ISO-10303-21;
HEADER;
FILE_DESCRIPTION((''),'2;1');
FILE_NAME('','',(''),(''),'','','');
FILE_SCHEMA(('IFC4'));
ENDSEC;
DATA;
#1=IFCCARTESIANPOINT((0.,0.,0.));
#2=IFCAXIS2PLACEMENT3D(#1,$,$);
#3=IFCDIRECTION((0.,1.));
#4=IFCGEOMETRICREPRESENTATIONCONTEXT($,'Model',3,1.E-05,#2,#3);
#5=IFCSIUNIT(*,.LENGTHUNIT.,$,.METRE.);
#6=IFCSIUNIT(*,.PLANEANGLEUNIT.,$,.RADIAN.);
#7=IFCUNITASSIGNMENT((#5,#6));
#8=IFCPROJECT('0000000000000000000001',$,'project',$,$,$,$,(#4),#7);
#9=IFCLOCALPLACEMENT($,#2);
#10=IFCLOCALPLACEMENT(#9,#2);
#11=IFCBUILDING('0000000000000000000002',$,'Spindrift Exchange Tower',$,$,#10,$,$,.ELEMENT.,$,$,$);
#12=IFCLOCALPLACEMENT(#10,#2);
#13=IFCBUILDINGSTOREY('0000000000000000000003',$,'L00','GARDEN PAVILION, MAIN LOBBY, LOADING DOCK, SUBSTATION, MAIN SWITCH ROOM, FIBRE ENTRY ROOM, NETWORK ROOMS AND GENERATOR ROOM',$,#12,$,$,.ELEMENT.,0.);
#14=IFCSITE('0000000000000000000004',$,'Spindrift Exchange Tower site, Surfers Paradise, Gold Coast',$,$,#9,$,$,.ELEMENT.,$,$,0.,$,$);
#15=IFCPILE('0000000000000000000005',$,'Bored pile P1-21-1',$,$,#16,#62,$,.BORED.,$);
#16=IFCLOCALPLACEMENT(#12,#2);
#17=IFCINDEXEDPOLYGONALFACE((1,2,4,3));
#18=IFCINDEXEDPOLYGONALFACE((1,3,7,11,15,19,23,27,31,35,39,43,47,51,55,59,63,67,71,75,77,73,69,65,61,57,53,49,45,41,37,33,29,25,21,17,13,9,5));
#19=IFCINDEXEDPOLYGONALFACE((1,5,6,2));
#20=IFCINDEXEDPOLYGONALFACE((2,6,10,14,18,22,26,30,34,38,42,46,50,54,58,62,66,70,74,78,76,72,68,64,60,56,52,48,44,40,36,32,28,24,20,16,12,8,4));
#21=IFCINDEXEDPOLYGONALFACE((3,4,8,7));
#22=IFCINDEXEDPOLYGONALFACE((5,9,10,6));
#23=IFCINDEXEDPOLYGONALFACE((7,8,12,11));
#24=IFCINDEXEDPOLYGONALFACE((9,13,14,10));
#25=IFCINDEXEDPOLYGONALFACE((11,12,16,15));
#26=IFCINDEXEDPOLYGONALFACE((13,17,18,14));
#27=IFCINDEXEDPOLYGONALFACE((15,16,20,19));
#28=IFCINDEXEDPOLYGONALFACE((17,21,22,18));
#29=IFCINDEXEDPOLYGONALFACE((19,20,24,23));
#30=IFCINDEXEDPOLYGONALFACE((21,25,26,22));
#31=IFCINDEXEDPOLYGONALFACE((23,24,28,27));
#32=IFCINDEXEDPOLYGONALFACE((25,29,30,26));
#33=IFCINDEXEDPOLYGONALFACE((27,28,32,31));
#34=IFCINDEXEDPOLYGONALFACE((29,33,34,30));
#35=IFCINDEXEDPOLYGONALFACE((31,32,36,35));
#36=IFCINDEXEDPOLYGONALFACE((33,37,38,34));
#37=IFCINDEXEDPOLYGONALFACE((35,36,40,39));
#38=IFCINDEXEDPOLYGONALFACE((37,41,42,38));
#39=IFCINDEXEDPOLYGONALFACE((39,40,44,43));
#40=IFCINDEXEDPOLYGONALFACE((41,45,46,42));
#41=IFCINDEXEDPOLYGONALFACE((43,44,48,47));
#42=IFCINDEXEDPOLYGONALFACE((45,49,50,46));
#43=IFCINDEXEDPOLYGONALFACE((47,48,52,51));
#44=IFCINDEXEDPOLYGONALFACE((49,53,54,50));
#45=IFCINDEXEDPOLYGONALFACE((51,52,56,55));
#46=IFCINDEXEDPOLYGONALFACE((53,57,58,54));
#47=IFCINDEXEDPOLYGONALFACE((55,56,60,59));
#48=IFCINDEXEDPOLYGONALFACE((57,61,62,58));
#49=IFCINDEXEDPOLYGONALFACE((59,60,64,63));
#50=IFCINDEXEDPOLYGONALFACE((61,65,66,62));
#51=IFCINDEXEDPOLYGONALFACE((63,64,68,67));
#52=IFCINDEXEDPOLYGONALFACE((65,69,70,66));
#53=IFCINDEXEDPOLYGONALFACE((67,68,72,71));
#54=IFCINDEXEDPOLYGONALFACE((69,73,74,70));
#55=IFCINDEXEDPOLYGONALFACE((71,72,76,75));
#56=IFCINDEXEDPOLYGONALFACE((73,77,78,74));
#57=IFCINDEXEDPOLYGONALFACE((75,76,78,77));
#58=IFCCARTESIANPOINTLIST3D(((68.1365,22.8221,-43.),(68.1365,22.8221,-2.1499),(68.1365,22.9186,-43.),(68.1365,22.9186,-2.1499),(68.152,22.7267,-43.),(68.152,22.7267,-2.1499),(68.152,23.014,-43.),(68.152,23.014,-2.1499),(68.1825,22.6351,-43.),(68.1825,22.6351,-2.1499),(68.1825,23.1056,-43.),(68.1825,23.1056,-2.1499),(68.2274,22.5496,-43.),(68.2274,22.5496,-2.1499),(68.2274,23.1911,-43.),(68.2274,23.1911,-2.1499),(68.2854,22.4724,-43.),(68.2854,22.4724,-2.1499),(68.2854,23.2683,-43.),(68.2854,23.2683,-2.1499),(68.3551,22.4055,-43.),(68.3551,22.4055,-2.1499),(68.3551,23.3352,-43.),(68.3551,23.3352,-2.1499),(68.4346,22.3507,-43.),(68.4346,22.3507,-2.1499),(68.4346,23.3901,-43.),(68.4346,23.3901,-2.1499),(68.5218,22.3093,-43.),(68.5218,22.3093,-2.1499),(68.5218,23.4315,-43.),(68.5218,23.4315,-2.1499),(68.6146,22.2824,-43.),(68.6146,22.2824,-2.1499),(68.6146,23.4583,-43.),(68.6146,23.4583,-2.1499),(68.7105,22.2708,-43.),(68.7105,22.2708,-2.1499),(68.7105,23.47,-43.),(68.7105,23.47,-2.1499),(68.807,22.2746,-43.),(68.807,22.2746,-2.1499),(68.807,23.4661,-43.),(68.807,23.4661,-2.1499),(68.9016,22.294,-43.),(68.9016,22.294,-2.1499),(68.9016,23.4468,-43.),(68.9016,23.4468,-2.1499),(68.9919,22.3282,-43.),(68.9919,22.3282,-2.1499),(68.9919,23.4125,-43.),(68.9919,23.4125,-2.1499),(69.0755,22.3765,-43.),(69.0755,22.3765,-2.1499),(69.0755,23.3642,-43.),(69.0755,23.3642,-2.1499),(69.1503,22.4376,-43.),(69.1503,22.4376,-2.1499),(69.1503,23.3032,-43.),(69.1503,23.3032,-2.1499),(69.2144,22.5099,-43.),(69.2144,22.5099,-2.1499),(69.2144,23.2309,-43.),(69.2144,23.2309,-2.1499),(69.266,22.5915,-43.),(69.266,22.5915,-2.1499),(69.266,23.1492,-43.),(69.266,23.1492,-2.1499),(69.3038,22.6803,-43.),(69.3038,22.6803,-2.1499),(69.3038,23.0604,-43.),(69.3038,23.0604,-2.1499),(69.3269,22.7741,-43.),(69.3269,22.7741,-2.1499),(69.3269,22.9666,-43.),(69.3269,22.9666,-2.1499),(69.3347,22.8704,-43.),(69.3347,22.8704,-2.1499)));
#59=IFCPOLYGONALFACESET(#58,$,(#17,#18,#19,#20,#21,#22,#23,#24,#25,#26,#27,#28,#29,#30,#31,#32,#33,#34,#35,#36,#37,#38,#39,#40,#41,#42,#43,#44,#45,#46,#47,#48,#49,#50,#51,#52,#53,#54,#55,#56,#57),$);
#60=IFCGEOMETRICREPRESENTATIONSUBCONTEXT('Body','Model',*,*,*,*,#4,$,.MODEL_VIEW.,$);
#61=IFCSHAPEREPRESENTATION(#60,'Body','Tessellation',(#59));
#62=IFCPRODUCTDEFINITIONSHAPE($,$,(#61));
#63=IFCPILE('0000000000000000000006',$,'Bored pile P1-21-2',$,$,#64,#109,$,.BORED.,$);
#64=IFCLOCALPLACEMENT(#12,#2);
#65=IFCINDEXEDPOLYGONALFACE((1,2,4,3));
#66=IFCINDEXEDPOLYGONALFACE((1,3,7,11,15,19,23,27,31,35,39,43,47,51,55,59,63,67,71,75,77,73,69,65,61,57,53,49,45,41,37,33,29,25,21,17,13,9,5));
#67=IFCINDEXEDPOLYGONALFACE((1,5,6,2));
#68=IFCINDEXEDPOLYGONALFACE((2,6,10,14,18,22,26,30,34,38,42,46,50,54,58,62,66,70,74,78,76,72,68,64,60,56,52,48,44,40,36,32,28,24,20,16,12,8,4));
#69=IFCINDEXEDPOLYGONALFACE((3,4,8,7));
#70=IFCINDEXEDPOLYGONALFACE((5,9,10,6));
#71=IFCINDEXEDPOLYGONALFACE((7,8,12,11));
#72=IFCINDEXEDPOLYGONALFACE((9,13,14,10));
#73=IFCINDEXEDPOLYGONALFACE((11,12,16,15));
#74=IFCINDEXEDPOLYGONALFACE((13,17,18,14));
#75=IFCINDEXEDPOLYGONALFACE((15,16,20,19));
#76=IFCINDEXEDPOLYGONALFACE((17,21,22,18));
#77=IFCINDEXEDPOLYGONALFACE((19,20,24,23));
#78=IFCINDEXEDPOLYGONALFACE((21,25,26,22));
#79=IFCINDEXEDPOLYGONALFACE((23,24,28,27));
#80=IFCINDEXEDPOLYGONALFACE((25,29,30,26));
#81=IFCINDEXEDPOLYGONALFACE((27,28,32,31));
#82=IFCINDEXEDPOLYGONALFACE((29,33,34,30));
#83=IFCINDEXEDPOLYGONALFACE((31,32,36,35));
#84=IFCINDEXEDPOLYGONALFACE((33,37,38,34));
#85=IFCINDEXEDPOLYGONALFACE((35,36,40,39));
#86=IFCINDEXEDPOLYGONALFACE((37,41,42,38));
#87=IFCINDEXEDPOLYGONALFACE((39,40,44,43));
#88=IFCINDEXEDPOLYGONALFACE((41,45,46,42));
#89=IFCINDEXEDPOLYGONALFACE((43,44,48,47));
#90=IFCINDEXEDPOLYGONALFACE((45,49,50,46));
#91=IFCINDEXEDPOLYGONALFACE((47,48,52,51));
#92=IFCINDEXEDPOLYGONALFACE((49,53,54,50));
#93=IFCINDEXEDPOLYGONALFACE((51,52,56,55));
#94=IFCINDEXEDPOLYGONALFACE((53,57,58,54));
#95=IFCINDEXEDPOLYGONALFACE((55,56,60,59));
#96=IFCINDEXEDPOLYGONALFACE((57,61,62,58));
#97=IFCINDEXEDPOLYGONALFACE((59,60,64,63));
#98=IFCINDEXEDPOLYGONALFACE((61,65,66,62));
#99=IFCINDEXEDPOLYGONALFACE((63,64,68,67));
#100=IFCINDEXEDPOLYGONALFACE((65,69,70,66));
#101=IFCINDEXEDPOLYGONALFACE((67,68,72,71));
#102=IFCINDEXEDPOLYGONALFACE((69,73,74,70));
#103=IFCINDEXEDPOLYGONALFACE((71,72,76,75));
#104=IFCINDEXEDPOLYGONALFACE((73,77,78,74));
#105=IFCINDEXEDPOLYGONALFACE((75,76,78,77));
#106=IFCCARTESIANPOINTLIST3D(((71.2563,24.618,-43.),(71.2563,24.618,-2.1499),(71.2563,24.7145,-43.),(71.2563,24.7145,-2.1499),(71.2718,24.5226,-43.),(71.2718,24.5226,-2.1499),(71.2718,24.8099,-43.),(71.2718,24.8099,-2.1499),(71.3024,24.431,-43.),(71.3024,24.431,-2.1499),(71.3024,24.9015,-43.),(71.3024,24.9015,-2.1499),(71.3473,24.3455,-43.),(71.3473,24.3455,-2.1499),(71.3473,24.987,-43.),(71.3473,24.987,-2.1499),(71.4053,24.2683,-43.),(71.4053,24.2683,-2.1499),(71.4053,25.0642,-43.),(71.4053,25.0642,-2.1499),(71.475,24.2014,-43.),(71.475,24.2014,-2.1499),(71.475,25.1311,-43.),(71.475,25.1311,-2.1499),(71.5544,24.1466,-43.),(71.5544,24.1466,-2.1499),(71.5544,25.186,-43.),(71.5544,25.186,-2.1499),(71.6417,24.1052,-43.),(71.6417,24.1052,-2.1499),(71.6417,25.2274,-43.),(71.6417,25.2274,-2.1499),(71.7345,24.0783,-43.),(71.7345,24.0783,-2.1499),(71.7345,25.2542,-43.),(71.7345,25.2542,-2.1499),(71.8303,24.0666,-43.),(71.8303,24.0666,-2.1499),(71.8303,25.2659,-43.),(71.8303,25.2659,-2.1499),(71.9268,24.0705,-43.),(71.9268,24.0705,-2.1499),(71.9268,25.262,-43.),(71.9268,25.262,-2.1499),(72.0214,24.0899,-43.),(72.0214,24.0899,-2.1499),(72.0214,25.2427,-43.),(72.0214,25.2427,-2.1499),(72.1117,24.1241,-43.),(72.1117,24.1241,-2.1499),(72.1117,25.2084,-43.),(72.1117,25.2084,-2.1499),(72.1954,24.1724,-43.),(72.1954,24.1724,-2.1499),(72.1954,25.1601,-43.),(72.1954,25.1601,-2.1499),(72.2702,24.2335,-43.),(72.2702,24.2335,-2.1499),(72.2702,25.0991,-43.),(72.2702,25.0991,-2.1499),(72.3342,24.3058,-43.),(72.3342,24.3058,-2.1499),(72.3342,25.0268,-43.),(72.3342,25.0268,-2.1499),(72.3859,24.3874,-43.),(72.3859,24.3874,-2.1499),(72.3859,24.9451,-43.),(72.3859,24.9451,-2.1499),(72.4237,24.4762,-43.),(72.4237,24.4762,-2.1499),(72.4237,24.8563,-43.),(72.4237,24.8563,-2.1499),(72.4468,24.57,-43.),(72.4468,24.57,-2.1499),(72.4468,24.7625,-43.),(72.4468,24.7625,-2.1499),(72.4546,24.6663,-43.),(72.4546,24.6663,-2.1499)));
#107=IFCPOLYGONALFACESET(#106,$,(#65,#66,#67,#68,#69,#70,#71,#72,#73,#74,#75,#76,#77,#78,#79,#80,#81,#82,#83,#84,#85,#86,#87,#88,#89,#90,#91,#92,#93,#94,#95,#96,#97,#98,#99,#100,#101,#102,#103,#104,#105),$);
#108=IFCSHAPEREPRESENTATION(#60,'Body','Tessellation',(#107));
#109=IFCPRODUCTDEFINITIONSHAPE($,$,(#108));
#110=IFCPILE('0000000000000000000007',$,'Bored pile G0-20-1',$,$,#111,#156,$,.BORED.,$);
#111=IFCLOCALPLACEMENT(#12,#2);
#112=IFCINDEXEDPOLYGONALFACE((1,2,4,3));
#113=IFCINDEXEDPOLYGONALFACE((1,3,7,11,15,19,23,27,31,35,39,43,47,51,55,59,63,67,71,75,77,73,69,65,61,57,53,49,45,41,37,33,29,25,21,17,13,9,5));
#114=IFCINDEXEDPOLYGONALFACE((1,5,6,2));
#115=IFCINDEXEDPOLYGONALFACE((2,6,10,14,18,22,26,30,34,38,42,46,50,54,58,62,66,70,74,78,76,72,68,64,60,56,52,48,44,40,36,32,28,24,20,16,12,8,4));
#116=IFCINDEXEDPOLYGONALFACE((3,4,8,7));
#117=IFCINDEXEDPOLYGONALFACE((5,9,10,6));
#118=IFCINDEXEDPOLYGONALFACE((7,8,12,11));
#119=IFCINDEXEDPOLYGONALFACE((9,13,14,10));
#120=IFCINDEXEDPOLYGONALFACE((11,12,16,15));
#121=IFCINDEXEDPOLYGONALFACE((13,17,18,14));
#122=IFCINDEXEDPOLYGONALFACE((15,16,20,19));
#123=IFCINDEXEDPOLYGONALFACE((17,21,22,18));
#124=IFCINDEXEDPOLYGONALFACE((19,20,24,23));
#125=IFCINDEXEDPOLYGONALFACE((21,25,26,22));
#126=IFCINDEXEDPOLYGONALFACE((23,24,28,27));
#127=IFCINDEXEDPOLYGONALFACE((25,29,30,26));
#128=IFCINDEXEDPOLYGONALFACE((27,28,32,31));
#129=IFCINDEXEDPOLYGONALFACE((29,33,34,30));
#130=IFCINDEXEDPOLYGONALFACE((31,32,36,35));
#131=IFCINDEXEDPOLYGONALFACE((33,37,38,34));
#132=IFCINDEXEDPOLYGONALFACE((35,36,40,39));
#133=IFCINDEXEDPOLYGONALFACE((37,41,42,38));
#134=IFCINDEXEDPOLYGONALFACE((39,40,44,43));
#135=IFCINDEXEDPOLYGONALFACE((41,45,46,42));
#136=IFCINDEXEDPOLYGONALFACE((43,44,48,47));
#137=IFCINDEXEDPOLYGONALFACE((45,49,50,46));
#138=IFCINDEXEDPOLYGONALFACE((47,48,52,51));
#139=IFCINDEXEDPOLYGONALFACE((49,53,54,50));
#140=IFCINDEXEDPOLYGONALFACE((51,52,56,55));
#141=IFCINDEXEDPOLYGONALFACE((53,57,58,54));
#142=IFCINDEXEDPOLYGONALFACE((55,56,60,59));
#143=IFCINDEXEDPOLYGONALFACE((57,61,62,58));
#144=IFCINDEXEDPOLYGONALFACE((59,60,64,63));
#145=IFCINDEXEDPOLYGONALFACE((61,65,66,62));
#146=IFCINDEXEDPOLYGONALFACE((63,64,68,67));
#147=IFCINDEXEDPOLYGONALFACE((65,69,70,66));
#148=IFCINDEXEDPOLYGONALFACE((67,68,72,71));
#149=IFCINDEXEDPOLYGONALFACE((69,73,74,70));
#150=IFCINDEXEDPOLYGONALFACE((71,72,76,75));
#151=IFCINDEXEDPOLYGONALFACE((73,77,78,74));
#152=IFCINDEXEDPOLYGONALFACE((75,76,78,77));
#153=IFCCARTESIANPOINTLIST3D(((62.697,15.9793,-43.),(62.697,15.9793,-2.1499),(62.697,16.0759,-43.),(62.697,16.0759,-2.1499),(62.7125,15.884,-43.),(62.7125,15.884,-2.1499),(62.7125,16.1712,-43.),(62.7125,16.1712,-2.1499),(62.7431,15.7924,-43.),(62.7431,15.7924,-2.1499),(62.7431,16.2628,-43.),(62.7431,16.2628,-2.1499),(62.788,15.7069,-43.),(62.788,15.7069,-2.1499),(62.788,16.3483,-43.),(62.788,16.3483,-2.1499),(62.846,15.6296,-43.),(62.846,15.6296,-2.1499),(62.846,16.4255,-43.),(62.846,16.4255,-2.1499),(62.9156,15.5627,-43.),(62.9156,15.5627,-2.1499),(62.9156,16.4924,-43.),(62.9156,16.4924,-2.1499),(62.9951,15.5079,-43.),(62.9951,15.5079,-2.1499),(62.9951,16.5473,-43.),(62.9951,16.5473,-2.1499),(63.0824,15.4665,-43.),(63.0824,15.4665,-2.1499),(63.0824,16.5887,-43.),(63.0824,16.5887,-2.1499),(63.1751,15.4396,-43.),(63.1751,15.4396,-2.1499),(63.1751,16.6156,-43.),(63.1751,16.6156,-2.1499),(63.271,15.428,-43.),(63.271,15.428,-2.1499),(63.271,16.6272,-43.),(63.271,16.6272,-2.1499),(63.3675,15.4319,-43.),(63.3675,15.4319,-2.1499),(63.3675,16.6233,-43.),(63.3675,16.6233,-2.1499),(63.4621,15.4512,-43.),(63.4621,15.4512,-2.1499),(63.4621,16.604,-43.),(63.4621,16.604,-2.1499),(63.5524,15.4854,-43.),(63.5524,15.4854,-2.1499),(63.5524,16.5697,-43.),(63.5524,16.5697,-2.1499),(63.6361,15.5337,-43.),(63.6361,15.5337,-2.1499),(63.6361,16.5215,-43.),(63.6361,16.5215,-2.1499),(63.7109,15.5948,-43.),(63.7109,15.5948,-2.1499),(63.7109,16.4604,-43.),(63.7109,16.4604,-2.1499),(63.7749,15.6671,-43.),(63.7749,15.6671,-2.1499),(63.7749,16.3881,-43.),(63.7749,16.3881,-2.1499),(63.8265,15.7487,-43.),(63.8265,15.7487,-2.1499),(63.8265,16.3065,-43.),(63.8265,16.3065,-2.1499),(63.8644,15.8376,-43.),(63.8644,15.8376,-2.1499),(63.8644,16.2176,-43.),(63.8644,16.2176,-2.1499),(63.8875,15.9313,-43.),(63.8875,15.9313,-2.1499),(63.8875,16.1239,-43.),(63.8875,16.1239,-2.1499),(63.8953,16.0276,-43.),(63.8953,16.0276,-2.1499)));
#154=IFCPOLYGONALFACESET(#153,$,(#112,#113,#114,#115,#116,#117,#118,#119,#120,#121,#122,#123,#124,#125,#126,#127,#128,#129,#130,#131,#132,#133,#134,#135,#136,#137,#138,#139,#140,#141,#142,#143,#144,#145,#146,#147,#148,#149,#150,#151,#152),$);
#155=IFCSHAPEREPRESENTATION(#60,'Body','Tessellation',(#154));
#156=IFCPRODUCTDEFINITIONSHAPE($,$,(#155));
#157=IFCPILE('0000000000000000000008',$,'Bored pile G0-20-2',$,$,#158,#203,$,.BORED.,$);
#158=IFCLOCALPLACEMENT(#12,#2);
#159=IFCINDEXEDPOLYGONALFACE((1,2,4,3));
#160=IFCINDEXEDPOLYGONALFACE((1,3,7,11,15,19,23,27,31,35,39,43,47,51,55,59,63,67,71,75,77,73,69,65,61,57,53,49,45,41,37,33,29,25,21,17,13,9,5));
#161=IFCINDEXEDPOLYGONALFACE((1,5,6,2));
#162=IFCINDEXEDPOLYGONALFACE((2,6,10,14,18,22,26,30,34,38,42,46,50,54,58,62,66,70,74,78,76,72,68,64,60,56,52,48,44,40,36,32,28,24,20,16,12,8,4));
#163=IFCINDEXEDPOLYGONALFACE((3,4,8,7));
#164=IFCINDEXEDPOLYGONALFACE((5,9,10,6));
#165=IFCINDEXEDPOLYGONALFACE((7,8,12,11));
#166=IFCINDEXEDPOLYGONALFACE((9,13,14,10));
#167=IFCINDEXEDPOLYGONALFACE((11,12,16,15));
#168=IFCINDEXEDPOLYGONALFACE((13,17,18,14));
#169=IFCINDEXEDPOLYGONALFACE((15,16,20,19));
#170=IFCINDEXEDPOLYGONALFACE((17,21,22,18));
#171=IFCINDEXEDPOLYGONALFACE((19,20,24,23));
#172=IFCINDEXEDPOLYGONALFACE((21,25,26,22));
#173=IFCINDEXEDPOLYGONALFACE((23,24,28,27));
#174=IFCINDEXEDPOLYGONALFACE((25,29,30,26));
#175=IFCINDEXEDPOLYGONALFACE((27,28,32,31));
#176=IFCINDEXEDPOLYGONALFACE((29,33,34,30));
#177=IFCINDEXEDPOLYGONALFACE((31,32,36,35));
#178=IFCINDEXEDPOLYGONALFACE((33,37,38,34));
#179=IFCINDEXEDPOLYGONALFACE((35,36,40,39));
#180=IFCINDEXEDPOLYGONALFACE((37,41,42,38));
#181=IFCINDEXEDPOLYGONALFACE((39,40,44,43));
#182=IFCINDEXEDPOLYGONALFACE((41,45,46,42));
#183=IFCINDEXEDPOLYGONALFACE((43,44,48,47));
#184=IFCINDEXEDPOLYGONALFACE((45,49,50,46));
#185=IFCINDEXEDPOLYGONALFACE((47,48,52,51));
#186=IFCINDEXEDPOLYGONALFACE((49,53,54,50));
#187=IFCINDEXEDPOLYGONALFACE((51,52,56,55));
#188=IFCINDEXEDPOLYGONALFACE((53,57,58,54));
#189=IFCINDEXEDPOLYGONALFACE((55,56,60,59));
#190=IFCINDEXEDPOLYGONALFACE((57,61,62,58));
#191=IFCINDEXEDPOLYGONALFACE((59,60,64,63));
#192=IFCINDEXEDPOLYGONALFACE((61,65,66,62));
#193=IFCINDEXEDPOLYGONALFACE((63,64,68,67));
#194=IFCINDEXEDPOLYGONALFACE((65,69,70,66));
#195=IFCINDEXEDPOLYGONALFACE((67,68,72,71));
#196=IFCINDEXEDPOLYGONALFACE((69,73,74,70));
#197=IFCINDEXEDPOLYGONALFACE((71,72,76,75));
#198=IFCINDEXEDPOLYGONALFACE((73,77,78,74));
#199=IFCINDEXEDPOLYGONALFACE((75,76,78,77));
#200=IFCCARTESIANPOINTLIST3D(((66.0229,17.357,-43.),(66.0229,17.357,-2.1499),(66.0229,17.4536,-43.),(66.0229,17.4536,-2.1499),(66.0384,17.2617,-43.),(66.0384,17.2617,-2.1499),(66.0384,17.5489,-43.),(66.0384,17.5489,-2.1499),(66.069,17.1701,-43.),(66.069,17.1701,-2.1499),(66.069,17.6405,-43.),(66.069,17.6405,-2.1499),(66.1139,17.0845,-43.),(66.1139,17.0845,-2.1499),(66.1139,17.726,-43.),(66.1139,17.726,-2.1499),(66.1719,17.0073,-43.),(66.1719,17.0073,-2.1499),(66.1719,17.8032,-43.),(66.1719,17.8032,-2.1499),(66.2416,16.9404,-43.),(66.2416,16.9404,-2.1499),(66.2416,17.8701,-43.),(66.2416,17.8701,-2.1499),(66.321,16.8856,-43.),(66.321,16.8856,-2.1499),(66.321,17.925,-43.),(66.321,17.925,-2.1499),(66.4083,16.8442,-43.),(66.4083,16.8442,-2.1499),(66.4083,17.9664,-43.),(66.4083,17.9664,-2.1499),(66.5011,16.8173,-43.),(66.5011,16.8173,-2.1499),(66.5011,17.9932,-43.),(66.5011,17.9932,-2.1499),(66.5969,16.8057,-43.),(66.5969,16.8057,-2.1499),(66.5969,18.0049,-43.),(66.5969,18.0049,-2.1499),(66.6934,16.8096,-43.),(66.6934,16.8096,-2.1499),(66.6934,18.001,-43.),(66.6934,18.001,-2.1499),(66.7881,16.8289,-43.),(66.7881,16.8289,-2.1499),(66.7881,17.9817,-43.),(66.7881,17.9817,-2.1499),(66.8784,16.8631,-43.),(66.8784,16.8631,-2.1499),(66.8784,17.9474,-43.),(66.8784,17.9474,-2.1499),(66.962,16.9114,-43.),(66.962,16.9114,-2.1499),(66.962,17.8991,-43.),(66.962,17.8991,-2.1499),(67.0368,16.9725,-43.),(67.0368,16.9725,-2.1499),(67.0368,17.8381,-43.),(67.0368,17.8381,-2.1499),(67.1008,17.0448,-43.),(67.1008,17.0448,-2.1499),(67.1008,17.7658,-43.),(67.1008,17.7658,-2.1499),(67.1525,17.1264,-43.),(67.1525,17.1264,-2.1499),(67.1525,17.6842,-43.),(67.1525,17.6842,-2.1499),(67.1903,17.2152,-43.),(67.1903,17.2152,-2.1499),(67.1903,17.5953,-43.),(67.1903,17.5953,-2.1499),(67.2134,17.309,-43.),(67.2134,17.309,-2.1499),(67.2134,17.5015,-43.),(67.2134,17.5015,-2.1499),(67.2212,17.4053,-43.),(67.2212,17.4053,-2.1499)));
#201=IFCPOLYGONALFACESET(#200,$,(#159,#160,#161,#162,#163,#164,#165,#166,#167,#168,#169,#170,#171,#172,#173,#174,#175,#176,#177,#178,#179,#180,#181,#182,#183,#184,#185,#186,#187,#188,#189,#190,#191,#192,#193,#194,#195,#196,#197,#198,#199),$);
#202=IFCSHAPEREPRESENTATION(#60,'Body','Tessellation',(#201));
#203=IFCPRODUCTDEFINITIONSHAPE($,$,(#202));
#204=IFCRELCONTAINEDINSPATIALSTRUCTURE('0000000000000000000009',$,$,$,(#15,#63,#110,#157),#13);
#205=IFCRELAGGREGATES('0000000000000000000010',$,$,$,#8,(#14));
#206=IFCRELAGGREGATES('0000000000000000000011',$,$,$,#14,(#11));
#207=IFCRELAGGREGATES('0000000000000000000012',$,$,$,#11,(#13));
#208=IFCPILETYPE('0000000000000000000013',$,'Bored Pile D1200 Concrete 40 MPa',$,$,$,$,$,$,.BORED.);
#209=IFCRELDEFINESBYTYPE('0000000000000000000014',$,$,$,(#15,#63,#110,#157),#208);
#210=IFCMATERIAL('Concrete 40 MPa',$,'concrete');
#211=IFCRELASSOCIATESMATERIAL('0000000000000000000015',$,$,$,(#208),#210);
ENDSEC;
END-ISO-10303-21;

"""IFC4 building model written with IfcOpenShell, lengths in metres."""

from ifc_helpers import new_model, si_unit, direction, frame, origin, origin_2d, place, context, subcontext, project, spatial, circle, extrude, source, transform, mapped, material, material_profile, profile_set, type_object, element, save


model = new_model("IFC4")

# Units and contexts
model_context = context("Model", 3, precision=1e-05, world=origin(), true_north=direction((0.0, 1.0)))
body_context = subcontext(model_context, "Body", "Model", "MODEL_VIEW")
ifc_project = project(units=[si_unit("LENGTHUNIT", "METRE"), si_unit("PLANEANGLEUNIT", "RADIAN")], contexts=[model_context])

# Site, building, storey
site_placement = place(None, origin())
site = spatial("IfcSite", under=ifc_project, at=site_placement, Name="Spindrift Exchange Tower site, Surfers Paradise, Gold Coast", CompositionType="ELEMENT", RefElevation=0.0)
building_placement = place(site_placement, origin())
building = spatial("IfcBuilding", under=site, at=building_placement, Name="Spindrift Exchange Tower", CompositionType="ELEMENT")
storey_placement = place(building_placement, origin())
storey = spatial("IfcBuildingStorey", under=building, at=storey_placement, Name="L00", Description="GARDEN PAVILION, MAIN LOBBY, LOADING DOCK, SUBSTATION, MAIN SWITCH ROOM, FIBRE ENTRY ROOM, NETWORK ROOMS AND GENERATOR ROOM", CompositionType="ELEMENT", Elevation=0.0)

# Piles
ifc_material_1 = material(Name="Concrete 40 MPa", Category="concrete")
ifc_material_profile_1 = material_profile(ifc_material_1, circle(Radius=0.6001, at=origin_2d()), Name="BP D1200")
ifc_profile_set_1 = profile_set([ifc_material_profile_1], Name="Concrete 40 MPa")
pile_type = type_object("IfcPileType", Name="Bored Pile D1200 Concrete 40 MPa", PredefinedType="BORED", material=ifc_profile_set_1)
shared_shape_1 = source(origin(), body_context, "Body", "SweptSolid", [
    extrude(circle(Radius=0.6001, at=origin_2d()), origin(), (0.0, 0.0, 1.0), 40.8501),
])
for number, where, z_axis, x_axis, name in (
    (1, (68.7346, 22.8704, -2.1499), (0.0, 0.0, -1.0), (1.0, 0.0, 0.0), "Bored pile P1-21-1"),
    (2, (71.8545, 24.6663, -2.1499), (0.0, 0.0, -1.0), (1.0, 0.0, 0.0), "Bored pile P1-21-2"),
    (3, (63.2952, 16.0276, -2.1499), (0.0, 0.0, -1.0), (1.0, 0.0, 0.0), "Bored pile G0-20-1"),
    (4, (66.6211, 17.4053, -2.1499), (0.0, 0.0, -1.0), (1.0, 0.0, 0.0), "Bored pile G0-20-2"),
):
    element("IfcPile", number, at=place(storey_placement, frame(where, z_axis=z_axis, x_axis=x_axis)), inside=storey, type_object=pile_type, Name=name, PredefinedType="BORED", context=body_context, shape_type="MappedRepresentation", body=[
        mapped(shared_shape_1, transform((0.0, 0.0, 0.0), scale=1.0)),
    ])

save(model, "model.ifc")
